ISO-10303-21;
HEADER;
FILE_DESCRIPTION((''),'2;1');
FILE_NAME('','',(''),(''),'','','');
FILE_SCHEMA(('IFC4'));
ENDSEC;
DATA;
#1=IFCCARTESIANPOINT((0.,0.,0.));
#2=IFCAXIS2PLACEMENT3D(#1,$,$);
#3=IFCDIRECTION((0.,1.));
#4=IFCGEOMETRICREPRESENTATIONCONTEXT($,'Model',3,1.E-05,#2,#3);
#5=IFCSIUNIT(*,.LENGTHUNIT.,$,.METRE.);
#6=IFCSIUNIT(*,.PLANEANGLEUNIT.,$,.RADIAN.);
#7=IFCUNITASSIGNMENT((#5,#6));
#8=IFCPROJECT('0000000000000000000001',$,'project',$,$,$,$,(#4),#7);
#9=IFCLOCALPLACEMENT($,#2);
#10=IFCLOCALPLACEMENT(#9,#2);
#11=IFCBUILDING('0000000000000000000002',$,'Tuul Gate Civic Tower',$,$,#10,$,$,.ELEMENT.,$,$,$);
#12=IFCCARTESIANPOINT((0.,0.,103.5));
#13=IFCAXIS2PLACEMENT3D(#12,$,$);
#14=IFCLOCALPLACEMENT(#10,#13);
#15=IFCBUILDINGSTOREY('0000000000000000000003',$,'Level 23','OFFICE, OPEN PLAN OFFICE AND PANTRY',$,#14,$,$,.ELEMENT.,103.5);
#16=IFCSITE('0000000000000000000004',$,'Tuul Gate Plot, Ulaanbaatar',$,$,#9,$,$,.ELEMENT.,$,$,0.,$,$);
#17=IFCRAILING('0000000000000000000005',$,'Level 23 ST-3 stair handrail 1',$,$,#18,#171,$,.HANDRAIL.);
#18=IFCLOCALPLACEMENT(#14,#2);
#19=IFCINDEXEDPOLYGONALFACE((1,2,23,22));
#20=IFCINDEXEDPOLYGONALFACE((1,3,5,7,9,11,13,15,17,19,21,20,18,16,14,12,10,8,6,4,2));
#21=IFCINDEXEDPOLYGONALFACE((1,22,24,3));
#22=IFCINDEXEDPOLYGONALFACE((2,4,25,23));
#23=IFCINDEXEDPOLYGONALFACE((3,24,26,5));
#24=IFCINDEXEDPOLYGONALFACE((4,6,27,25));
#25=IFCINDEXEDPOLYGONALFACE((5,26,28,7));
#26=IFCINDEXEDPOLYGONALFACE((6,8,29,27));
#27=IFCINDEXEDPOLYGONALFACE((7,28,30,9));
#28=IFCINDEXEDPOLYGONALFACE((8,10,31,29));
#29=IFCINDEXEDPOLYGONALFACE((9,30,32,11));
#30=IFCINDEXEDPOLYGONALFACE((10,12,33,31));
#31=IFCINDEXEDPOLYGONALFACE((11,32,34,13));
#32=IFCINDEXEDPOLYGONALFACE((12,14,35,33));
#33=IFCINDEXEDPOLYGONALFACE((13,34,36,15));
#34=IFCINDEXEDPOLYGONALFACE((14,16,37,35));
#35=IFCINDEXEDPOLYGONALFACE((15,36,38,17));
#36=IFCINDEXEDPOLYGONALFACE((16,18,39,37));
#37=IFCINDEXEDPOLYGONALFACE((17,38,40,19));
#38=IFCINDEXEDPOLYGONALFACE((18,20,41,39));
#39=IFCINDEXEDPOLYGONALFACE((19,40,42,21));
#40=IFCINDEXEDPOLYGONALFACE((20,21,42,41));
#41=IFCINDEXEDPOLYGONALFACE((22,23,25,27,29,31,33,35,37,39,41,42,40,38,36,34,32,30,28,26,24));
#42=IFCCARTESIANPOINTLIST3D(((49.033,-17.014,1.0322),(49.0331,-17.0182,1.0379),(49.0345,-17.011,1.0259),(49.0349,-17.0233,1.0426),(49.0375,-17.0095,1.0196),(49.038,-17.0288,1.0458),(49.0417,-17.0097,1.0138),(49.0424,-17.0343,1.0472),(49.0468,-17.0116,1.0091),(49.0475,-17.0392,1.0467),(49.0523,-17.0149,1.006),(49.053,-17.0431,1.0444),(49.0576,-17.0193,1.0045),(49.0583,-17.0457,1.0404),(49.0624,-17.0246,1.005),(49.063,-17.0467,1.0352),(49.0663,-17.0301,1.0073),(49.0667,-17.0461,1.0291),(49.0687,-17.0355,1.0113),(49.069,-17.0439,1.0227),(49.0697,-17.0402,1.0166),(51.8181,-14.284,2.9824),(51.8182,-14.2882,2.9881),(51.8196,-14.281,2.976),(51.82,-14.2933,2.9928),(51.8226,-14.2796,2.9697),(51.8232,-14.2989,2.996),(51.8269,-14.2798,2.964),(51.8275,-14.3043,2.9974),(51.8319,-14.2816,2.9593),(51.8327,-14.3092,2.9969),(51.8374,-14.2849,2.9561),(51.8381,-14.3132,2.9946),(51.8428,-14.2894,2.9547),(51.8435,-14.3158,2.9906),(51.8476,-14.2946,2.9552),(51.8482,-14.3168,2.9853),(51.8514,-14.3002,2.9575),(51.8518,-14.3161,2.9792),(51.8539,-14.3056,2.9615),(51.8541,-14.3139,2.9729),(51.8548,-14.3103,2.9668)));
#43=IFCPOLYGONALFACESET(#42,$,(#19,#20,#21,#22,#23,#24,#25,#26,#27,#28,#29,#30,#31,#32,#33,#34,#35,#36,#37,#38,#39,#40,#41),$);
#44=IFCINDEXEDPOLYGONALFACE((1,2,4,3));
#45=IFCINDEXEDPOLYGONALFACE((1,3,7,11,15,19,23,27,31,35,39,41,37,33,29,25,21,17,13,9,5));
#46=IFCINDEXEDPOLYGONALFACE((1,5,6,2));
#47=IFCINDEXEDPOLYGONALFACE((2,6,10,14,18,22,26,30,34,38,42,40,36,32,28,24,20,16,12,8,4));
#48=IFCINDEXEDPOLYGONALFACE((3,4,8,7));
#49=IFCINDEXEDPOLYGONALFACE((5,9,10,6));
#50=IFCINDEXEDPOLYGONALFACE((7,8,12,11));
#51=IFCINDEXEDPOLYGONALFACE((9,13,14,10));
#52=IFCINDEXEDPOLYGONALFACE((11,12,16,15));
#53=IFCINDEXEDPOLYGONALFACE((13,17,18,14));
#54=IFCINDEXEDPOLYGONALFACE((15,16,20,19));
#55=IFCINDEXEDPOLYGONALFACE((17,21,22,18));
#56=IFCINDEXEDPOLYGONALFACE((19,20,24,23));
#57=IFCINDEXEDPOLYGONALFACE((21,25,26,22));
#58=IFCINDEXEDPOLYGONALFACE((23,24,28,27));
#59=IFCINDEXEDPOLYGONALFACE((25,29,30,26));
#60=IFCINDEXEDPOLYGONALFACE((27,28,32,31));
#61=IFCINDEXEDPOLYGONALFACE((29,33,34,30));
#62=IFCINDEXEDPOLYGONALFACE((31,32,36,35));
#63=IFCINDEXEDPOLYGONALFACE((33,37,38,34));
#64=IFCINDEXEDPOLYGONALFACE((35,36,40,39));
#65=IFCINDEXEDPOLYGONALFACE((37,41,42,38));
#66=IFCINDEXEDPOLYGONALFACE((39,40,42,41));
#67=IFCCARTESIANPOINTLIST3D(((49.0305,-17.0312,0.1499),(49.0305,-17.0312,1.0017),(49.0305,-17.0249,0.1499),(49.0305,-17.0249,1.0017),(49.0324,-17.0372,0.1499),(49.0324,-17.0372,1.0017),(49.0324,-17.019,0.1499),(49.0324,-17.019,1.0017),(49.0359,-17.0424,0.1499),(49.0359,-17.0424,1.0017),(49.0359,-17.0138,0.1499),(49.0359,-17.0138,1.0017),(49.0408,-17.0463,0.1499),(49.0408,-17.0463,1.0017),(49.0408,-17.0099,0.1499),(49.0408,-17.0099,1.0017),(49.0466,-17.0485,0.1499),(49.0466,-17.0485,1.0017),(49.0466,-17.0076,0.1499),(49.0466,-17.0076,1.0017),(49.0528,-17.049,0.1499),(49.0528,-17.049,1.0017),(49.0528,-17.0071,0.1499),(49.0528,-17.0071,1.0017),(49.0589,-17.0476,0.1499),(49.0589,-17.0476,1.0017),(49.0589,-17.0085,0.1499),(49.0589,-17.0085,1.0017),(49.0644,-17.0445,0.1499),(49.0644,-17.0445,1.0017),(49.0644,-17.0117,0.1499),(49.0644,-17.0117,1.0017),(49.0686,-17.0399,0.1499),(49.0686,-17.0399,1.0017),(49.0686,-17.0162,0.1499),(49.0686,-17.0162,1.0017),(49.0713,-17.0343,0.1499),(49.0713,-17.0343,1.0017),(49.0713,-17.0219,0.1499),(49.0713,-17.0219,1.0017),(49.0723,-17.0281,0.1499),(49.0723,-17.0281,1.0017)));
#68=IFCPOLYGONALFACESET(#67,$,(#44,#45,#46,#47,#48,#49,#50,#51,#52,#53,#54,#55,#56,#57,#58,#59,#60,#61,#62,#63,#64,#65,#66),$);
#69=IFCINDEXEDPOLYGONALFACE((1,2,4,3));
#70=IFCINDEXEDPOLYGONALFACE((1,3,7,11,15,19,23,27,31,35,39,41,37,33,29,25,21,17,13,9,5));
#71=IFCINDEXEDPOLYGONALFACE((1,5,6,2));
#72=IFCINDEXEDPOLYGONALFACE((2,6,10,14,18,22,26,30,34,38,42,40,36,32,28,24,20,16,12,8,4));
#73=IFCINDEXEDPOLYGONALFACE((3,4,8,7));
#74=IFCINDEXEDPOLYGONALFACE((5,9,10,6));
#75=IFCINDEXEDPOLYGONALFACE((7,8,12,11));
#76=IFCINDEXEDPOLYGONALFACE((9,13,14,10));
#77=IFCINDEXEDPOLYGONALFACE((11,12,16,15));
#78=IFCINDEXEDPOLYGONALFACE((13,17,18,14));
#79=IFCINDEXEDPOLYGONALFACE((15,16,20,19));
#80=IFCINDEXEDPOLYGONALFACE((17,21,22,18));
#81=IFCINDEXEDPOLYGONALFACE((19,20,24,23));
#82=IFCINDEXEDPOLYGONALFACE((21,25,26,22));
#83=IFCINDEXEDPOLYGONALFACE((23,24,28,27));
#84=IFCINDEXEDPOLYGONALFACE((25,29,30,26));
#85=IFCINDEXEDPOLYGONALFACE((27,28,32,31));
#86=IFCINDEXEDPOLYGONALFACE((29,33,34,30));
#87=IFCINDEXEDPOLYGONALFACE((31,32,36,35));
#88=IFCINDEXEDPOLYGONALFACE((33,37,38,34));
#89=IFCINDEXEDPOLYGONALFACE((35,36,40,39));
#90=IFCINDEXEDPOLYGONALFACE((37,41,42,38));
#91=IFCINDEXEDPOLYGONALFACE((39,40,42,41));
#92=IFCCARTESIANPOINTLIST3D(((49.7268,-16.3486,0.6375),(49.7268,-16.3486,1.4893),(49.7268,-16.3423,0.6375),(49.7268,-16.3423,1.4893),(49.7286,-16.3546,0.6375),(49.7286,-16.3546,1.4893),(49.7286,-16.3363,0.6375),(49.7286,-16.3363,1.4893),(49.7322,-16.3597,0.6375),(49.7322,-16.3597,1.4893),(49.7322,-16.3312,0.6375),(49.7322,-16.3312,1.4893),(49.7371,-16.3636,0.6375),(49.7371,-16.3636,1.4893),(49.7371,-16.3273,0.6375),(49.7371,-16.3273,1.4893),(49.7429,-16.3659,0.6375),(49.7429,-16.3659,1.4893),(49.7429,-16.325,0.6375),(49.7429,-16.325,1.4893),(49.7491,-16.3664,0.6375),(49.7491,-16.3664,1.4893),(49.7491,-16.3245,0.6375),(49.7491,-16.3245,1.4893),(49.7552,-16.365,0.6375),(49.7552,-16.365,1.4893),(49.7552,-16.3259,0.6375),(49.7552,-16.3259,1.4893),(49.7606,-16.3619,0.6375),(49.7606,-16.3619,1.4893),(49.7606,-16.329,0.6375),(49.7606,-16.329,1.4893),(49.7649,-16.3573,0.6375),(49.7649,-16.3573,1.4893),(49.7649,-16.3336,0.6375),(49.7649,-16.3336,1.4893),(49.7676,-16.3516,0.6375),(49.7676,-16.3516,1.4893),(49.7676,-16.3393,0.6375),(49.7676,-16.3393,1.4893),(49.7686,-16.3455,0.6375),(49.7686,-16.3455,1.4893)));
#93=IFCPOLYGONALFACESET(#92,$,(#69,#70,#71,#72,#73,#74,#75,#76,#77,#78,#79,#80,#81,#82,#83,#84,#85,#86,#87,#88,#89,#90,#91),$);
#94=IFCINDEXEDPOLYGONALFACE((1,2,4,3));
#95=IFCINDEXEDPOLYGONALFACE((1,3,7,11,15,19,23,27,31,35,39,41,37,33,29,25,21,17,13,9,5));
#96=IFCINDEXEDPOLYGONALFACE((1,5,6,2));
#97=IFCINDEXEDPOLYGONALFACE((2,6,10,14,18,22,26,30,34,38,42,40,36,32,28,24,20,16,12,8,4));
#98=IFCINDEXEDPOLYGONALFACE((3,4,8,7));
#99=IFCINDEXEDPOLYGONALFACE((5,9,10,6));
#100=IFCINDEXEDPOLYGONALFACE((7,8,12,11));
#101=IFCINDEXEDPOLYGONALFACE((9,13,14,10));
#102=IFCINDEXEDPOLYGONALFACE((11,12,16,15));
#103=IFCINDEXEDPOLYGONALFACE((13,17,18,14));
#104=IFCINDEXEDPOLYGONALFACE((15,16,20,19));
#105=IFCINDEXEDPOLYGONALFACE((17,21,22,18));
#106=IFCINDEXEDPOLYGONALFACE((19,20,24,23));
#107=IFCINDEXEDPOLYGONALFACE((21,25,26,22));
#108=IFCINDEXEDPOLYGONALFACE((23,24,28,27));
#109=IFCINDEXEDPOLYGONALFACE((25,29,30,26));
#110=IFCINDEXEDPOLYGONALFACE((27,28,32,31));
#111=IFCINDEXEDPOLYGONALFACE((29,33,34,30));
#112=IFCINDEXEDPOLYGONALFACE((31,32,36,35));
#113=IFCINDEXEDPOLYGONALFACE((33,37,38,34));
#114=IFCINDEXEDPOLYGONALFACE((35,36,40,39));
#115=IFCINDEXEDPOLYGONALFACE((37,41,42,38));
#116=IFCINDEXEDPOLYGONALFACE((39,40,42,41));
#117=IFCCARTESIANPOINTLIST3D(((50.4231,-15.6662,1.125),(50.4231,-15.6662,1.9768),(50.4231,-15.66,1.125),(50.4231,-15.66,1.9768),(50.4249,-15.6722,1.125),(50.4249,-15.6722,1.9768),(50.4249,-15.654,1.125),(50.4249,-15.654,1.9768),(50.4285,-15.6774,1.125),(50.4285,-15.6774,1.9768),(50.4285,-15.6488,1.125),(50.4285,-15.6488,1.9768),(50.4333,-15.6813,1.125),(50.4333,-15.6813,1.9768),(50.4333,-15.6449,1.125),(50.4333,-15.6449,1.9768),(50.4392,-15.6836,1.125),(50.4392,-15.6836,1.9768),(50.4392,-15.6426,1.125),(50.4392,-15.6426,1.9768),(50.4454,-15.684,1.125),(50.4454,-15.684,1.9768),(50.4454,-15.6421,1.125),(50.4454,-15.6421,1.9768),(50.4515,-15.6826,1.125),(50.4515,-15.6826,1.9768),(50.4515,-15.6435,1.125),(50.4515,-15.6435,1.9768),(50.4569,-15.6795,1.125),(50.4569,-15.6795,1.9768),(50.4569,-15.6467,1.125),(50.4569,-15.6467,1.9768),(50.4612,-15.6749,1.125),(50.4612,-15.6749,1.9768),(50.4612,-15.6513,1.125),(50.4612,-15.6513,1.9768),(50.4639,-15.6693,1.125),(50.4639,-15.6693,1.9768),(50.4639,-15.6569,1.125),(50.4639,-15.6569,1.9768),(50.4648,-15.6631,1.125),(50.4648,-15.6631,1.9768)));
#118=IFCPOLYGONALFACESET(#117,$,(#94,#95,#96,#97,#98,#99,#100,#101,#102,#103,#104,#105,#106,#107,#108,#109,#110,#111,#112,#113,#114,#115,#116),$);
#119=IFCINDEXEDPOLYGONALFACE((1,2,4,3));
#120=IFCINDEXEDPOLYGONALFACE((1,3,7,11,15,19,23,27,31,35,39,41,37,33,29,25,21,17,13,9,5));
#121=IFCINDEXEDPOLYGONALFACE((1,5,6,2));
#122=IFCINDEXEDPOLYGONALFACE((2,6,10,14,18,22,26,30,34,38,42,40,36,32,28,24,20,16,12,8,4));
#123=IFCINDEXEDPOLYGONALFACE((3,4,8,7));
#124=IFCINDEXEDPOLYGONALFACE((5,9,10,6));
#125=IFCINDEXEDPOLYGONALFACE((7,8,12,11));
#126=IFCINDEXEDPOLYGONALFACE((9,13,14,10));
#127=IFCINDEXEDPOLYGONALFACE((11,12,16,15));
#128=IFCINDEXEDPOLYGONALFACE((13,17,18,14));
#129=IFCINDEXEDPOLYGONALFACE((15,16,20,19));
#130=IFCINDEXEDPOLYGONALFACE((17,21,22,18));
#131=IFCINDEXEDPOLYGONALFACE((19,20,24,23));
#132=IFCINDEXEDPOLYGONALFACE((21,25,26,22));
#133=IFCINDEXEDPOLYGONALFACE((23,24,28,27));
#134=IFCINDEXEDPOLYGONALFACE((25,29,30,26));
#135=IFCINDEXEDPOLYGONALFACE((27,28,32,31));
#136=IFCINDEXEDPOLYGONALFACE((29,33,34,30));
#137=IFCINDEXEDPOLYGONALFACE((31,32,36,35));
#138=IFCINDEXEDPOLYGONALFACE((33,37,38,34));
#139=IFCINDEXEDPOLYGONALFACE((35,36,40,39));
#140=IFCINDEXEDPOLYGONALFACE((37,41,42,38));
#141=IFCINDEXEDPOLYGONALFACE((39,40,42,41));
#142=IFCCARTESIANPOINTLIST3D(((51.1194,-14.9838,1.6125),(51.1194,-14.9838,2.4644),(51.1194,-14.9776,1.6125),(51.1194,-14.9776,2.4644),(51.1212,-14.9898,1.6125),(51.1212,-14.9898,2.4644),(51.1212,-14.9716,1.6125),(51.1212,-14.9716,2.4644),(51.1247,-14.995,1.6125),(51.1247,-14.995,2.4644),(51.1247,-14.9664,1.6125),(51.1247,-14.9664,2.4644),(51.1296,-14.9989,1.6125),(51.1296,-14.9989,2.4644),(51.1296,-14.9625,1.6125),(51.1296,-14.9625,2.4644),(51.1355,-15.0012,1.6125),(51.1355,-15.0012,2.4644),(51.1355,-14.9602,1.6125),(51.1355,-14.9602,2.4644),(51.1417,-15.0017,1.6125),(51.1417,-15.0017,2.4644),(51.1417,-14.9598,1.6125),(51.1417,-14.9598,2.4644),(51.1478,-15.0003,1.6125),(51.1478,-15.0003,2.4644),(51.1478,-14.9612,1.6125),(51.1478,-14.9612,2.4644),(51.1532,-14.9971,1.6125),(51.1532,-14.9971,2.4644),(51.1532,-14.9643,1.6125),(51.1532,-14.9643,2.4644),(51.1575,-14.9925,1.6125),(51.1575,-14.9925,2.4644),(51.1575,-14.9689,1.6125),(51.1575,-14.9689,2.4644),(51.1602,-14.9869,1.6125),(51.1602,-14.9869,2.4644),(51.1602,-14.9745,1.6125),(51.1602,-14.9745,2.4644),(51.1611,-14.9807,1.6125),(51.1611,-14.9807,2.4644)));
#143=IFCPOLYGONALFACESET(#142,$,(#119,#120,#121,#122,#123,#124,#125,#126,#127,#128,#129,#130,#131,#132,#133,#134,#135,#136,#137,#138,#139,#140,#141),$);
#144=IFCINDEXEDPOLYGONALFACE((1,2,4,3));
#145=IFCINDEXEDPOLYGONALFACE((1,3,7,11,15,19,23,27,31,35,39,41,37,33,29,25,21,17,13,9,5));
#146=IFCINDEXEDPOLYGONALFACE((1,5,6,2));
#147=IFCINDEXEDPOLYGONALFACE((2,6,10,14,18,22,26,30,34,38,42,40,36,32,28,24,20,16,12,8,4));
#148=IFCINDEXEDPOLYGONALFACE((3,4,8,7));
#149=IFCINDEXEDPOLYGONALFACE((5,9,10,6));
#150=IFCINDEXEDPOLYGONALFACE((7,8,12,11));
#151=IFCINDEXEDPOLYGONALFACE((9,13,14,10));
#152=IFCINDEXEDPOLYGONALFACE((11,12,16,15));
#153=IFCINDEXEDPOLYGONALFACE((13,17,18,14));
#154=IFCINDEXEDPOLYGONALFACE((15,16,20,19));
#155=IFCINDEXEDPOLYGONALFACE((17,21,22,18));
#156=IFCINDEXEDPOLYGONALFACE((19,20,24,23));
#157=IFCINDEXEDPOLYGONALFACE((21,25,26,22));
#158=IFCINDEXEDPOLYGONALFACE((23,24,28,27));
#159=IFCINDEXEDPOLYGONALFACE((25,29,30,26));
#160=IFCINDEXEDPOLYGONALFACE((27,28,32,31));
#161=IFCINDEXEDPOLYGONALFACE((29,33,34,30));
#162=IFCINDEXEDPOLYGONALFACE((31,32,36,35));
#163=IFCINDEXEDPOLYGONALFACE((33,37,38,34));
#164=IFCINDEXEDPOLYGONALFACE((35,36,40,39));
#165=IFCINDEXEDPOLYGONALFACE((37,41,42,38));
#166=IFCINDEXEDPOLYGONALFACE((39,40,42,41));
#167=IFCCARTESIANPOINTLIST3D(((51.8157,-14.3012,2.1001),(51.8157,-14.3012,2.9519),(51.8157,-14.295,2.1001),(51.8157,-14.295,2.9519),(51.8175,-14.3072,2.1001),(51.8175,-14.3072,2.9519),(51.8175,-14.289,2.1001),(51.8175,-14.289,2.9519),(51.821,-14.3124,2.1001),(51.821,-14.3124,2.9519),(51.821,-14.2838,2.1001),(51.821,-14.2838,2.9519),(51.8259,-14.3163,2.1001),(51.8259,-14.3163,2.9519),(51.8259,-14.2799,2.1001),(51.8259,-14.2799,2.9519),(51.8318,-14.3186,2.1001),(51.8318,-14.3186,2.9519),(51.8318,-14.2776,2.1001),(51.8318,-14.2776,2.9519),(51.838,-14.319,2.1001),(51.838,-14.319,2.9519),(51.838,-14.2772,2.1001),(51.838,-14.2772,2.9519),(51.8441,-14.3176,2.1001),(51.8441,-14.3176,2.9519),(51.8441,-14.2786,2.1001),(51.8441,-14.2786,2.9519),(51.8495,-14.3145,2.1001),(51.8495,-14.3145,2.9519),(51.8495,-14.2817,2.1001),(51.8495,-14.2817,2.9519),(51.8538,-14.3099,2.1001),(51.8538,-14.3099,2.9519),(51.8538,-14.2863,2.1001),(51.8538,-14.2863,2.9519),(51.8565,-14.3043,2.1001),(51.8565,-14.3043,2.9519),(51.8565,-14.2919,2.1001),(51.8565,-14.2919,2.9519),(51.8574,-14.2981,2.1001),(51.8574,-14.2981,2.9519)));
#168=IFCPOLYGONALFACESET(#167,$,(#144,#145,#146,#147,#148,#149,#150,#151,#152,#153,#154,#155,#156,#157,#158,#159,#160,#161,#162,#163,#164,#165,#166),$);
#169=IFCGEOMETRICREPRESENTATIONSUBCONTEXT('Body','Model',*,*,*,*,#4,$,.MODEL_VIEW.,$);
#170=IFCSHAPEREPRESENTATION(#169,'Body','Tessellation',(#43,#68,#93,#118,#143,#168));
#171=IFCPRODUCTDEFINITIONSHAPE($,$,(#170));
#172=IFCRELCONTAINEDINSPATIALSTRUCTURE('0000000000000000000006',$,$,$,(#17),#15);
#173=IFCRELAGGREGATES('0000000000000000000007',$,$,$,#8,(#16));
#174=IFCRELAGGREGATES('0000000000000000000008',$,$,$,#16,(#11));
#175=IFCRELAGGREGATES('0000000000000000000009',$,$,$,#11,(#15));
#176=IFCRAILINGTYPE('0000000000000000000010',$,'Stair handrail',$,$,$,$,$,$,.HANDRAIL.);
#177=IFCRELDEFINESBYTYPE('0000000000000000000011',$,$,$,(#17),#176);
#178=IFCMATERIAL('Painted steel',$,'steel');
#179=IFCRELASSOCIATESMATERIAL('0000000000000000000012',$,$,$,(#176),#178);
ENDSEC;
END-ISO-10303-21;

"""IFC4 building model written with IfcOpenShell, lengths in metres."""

from ifc_helpers import new_model, si_unit, direction, frame, origin, origin_2d, place, context, subcontext, project, spatial, circle, extrude, material, type_object, element, save


model = new_model("IFC4")

# Units and contexts
model_context = context("Model", 3, precision=1e-05, world=origin(), true_north=direction((0.0, 1.0)))
body_context = subcontext(model_context, "Body", "Model", "MODEL_VIEW")
ifc_project = project(units=[si_unit("LENGTHUNIT", "METRE"), si_unit("PLANEANGLEUNIT", "RADIAN")], contexts=[model_context])

# Site, building, storey
site_placement = place(None, origin())
site = spatial("IfcSite", under=ifc_project, at=site_placement, Name="Tuul Gate Plot, Ulaanbaatar", CompositionType="ELEMENT", RefElevation=0.0)
building_placement = place(site_placement, origin())
building = spatial("IfcBuilding", under=site, at=building_placement, Name="Tuul Gate Civic Tower", CompositionType="ELEMENT")
storey_placement = place(building_placement, frame((0.0, 0.0, 103.5)))
storey = spatial("IfcBuildingStorey", under=building, at=storey_placement, Name="Level 23", Description="OFFICE, OPEN PLAN OFFICE AND PANTRY", CompositionType="ELEMENT", Elevation=103.5)

# Railing
ifc_material_1 = material(Name="Painted steel", Category="steel")
railing_type_1 = type_object("IfcRailingType", Name="Stair handrail", PredefinedType="HANDRAIL", material=ifc_material_1)
railing_1_placement = place(storey_placement, frame((49.0513, -17.0281, 0.1499)))
element("IfcRailing", 1, at=railing_1_placement, inside=storey, type_object=railing_type_1, Name="Level 23 ST-3 stair handrail 1", PredefinedType="HANDRAIL", context=body_context, shape_type="SweptSolid", body=[
    extrude(circle(Radius=0.0239, at=origin_2d()), frame((0.0, 0.0, 0.876), z_axis=(0.638738, 0.626084, 0.447251), x_axis=(-0.699998, 0.714145, 0.0)), (0.0, 0.0, 1.0), 4.3604),
    extrude(circle(Radius=0.021, at=origin_2d()), origin(), (0.0, 0.0, 1.0), 0.8518),
    extrude(circle(Radius=0.021, at=origin_2d()), frame((0.6963, 0.6826, 0.4875)), (0.0, 0.0, 1.0), 0.8518),
    extrude(circle(Radius=0.021, at=origin_2d()), frame((1.3926, 1.365, 0.9751)), (0.0, 0.0, 1.0), 0.8518),
    extrude(circle(Radius=0.021, at=origin_2d()), frame((2.0889, 2.0474, 1.4626)), (0.0, 0.0, 1.0), 0.8518),
    extrude(circle(Radius=0.021, at=origin_2d()), frame((2.7852, 2.73, 1.9502)), (0.0, 0.0, 1.0), 0.8518),
])

save(model, "model.ifc")
